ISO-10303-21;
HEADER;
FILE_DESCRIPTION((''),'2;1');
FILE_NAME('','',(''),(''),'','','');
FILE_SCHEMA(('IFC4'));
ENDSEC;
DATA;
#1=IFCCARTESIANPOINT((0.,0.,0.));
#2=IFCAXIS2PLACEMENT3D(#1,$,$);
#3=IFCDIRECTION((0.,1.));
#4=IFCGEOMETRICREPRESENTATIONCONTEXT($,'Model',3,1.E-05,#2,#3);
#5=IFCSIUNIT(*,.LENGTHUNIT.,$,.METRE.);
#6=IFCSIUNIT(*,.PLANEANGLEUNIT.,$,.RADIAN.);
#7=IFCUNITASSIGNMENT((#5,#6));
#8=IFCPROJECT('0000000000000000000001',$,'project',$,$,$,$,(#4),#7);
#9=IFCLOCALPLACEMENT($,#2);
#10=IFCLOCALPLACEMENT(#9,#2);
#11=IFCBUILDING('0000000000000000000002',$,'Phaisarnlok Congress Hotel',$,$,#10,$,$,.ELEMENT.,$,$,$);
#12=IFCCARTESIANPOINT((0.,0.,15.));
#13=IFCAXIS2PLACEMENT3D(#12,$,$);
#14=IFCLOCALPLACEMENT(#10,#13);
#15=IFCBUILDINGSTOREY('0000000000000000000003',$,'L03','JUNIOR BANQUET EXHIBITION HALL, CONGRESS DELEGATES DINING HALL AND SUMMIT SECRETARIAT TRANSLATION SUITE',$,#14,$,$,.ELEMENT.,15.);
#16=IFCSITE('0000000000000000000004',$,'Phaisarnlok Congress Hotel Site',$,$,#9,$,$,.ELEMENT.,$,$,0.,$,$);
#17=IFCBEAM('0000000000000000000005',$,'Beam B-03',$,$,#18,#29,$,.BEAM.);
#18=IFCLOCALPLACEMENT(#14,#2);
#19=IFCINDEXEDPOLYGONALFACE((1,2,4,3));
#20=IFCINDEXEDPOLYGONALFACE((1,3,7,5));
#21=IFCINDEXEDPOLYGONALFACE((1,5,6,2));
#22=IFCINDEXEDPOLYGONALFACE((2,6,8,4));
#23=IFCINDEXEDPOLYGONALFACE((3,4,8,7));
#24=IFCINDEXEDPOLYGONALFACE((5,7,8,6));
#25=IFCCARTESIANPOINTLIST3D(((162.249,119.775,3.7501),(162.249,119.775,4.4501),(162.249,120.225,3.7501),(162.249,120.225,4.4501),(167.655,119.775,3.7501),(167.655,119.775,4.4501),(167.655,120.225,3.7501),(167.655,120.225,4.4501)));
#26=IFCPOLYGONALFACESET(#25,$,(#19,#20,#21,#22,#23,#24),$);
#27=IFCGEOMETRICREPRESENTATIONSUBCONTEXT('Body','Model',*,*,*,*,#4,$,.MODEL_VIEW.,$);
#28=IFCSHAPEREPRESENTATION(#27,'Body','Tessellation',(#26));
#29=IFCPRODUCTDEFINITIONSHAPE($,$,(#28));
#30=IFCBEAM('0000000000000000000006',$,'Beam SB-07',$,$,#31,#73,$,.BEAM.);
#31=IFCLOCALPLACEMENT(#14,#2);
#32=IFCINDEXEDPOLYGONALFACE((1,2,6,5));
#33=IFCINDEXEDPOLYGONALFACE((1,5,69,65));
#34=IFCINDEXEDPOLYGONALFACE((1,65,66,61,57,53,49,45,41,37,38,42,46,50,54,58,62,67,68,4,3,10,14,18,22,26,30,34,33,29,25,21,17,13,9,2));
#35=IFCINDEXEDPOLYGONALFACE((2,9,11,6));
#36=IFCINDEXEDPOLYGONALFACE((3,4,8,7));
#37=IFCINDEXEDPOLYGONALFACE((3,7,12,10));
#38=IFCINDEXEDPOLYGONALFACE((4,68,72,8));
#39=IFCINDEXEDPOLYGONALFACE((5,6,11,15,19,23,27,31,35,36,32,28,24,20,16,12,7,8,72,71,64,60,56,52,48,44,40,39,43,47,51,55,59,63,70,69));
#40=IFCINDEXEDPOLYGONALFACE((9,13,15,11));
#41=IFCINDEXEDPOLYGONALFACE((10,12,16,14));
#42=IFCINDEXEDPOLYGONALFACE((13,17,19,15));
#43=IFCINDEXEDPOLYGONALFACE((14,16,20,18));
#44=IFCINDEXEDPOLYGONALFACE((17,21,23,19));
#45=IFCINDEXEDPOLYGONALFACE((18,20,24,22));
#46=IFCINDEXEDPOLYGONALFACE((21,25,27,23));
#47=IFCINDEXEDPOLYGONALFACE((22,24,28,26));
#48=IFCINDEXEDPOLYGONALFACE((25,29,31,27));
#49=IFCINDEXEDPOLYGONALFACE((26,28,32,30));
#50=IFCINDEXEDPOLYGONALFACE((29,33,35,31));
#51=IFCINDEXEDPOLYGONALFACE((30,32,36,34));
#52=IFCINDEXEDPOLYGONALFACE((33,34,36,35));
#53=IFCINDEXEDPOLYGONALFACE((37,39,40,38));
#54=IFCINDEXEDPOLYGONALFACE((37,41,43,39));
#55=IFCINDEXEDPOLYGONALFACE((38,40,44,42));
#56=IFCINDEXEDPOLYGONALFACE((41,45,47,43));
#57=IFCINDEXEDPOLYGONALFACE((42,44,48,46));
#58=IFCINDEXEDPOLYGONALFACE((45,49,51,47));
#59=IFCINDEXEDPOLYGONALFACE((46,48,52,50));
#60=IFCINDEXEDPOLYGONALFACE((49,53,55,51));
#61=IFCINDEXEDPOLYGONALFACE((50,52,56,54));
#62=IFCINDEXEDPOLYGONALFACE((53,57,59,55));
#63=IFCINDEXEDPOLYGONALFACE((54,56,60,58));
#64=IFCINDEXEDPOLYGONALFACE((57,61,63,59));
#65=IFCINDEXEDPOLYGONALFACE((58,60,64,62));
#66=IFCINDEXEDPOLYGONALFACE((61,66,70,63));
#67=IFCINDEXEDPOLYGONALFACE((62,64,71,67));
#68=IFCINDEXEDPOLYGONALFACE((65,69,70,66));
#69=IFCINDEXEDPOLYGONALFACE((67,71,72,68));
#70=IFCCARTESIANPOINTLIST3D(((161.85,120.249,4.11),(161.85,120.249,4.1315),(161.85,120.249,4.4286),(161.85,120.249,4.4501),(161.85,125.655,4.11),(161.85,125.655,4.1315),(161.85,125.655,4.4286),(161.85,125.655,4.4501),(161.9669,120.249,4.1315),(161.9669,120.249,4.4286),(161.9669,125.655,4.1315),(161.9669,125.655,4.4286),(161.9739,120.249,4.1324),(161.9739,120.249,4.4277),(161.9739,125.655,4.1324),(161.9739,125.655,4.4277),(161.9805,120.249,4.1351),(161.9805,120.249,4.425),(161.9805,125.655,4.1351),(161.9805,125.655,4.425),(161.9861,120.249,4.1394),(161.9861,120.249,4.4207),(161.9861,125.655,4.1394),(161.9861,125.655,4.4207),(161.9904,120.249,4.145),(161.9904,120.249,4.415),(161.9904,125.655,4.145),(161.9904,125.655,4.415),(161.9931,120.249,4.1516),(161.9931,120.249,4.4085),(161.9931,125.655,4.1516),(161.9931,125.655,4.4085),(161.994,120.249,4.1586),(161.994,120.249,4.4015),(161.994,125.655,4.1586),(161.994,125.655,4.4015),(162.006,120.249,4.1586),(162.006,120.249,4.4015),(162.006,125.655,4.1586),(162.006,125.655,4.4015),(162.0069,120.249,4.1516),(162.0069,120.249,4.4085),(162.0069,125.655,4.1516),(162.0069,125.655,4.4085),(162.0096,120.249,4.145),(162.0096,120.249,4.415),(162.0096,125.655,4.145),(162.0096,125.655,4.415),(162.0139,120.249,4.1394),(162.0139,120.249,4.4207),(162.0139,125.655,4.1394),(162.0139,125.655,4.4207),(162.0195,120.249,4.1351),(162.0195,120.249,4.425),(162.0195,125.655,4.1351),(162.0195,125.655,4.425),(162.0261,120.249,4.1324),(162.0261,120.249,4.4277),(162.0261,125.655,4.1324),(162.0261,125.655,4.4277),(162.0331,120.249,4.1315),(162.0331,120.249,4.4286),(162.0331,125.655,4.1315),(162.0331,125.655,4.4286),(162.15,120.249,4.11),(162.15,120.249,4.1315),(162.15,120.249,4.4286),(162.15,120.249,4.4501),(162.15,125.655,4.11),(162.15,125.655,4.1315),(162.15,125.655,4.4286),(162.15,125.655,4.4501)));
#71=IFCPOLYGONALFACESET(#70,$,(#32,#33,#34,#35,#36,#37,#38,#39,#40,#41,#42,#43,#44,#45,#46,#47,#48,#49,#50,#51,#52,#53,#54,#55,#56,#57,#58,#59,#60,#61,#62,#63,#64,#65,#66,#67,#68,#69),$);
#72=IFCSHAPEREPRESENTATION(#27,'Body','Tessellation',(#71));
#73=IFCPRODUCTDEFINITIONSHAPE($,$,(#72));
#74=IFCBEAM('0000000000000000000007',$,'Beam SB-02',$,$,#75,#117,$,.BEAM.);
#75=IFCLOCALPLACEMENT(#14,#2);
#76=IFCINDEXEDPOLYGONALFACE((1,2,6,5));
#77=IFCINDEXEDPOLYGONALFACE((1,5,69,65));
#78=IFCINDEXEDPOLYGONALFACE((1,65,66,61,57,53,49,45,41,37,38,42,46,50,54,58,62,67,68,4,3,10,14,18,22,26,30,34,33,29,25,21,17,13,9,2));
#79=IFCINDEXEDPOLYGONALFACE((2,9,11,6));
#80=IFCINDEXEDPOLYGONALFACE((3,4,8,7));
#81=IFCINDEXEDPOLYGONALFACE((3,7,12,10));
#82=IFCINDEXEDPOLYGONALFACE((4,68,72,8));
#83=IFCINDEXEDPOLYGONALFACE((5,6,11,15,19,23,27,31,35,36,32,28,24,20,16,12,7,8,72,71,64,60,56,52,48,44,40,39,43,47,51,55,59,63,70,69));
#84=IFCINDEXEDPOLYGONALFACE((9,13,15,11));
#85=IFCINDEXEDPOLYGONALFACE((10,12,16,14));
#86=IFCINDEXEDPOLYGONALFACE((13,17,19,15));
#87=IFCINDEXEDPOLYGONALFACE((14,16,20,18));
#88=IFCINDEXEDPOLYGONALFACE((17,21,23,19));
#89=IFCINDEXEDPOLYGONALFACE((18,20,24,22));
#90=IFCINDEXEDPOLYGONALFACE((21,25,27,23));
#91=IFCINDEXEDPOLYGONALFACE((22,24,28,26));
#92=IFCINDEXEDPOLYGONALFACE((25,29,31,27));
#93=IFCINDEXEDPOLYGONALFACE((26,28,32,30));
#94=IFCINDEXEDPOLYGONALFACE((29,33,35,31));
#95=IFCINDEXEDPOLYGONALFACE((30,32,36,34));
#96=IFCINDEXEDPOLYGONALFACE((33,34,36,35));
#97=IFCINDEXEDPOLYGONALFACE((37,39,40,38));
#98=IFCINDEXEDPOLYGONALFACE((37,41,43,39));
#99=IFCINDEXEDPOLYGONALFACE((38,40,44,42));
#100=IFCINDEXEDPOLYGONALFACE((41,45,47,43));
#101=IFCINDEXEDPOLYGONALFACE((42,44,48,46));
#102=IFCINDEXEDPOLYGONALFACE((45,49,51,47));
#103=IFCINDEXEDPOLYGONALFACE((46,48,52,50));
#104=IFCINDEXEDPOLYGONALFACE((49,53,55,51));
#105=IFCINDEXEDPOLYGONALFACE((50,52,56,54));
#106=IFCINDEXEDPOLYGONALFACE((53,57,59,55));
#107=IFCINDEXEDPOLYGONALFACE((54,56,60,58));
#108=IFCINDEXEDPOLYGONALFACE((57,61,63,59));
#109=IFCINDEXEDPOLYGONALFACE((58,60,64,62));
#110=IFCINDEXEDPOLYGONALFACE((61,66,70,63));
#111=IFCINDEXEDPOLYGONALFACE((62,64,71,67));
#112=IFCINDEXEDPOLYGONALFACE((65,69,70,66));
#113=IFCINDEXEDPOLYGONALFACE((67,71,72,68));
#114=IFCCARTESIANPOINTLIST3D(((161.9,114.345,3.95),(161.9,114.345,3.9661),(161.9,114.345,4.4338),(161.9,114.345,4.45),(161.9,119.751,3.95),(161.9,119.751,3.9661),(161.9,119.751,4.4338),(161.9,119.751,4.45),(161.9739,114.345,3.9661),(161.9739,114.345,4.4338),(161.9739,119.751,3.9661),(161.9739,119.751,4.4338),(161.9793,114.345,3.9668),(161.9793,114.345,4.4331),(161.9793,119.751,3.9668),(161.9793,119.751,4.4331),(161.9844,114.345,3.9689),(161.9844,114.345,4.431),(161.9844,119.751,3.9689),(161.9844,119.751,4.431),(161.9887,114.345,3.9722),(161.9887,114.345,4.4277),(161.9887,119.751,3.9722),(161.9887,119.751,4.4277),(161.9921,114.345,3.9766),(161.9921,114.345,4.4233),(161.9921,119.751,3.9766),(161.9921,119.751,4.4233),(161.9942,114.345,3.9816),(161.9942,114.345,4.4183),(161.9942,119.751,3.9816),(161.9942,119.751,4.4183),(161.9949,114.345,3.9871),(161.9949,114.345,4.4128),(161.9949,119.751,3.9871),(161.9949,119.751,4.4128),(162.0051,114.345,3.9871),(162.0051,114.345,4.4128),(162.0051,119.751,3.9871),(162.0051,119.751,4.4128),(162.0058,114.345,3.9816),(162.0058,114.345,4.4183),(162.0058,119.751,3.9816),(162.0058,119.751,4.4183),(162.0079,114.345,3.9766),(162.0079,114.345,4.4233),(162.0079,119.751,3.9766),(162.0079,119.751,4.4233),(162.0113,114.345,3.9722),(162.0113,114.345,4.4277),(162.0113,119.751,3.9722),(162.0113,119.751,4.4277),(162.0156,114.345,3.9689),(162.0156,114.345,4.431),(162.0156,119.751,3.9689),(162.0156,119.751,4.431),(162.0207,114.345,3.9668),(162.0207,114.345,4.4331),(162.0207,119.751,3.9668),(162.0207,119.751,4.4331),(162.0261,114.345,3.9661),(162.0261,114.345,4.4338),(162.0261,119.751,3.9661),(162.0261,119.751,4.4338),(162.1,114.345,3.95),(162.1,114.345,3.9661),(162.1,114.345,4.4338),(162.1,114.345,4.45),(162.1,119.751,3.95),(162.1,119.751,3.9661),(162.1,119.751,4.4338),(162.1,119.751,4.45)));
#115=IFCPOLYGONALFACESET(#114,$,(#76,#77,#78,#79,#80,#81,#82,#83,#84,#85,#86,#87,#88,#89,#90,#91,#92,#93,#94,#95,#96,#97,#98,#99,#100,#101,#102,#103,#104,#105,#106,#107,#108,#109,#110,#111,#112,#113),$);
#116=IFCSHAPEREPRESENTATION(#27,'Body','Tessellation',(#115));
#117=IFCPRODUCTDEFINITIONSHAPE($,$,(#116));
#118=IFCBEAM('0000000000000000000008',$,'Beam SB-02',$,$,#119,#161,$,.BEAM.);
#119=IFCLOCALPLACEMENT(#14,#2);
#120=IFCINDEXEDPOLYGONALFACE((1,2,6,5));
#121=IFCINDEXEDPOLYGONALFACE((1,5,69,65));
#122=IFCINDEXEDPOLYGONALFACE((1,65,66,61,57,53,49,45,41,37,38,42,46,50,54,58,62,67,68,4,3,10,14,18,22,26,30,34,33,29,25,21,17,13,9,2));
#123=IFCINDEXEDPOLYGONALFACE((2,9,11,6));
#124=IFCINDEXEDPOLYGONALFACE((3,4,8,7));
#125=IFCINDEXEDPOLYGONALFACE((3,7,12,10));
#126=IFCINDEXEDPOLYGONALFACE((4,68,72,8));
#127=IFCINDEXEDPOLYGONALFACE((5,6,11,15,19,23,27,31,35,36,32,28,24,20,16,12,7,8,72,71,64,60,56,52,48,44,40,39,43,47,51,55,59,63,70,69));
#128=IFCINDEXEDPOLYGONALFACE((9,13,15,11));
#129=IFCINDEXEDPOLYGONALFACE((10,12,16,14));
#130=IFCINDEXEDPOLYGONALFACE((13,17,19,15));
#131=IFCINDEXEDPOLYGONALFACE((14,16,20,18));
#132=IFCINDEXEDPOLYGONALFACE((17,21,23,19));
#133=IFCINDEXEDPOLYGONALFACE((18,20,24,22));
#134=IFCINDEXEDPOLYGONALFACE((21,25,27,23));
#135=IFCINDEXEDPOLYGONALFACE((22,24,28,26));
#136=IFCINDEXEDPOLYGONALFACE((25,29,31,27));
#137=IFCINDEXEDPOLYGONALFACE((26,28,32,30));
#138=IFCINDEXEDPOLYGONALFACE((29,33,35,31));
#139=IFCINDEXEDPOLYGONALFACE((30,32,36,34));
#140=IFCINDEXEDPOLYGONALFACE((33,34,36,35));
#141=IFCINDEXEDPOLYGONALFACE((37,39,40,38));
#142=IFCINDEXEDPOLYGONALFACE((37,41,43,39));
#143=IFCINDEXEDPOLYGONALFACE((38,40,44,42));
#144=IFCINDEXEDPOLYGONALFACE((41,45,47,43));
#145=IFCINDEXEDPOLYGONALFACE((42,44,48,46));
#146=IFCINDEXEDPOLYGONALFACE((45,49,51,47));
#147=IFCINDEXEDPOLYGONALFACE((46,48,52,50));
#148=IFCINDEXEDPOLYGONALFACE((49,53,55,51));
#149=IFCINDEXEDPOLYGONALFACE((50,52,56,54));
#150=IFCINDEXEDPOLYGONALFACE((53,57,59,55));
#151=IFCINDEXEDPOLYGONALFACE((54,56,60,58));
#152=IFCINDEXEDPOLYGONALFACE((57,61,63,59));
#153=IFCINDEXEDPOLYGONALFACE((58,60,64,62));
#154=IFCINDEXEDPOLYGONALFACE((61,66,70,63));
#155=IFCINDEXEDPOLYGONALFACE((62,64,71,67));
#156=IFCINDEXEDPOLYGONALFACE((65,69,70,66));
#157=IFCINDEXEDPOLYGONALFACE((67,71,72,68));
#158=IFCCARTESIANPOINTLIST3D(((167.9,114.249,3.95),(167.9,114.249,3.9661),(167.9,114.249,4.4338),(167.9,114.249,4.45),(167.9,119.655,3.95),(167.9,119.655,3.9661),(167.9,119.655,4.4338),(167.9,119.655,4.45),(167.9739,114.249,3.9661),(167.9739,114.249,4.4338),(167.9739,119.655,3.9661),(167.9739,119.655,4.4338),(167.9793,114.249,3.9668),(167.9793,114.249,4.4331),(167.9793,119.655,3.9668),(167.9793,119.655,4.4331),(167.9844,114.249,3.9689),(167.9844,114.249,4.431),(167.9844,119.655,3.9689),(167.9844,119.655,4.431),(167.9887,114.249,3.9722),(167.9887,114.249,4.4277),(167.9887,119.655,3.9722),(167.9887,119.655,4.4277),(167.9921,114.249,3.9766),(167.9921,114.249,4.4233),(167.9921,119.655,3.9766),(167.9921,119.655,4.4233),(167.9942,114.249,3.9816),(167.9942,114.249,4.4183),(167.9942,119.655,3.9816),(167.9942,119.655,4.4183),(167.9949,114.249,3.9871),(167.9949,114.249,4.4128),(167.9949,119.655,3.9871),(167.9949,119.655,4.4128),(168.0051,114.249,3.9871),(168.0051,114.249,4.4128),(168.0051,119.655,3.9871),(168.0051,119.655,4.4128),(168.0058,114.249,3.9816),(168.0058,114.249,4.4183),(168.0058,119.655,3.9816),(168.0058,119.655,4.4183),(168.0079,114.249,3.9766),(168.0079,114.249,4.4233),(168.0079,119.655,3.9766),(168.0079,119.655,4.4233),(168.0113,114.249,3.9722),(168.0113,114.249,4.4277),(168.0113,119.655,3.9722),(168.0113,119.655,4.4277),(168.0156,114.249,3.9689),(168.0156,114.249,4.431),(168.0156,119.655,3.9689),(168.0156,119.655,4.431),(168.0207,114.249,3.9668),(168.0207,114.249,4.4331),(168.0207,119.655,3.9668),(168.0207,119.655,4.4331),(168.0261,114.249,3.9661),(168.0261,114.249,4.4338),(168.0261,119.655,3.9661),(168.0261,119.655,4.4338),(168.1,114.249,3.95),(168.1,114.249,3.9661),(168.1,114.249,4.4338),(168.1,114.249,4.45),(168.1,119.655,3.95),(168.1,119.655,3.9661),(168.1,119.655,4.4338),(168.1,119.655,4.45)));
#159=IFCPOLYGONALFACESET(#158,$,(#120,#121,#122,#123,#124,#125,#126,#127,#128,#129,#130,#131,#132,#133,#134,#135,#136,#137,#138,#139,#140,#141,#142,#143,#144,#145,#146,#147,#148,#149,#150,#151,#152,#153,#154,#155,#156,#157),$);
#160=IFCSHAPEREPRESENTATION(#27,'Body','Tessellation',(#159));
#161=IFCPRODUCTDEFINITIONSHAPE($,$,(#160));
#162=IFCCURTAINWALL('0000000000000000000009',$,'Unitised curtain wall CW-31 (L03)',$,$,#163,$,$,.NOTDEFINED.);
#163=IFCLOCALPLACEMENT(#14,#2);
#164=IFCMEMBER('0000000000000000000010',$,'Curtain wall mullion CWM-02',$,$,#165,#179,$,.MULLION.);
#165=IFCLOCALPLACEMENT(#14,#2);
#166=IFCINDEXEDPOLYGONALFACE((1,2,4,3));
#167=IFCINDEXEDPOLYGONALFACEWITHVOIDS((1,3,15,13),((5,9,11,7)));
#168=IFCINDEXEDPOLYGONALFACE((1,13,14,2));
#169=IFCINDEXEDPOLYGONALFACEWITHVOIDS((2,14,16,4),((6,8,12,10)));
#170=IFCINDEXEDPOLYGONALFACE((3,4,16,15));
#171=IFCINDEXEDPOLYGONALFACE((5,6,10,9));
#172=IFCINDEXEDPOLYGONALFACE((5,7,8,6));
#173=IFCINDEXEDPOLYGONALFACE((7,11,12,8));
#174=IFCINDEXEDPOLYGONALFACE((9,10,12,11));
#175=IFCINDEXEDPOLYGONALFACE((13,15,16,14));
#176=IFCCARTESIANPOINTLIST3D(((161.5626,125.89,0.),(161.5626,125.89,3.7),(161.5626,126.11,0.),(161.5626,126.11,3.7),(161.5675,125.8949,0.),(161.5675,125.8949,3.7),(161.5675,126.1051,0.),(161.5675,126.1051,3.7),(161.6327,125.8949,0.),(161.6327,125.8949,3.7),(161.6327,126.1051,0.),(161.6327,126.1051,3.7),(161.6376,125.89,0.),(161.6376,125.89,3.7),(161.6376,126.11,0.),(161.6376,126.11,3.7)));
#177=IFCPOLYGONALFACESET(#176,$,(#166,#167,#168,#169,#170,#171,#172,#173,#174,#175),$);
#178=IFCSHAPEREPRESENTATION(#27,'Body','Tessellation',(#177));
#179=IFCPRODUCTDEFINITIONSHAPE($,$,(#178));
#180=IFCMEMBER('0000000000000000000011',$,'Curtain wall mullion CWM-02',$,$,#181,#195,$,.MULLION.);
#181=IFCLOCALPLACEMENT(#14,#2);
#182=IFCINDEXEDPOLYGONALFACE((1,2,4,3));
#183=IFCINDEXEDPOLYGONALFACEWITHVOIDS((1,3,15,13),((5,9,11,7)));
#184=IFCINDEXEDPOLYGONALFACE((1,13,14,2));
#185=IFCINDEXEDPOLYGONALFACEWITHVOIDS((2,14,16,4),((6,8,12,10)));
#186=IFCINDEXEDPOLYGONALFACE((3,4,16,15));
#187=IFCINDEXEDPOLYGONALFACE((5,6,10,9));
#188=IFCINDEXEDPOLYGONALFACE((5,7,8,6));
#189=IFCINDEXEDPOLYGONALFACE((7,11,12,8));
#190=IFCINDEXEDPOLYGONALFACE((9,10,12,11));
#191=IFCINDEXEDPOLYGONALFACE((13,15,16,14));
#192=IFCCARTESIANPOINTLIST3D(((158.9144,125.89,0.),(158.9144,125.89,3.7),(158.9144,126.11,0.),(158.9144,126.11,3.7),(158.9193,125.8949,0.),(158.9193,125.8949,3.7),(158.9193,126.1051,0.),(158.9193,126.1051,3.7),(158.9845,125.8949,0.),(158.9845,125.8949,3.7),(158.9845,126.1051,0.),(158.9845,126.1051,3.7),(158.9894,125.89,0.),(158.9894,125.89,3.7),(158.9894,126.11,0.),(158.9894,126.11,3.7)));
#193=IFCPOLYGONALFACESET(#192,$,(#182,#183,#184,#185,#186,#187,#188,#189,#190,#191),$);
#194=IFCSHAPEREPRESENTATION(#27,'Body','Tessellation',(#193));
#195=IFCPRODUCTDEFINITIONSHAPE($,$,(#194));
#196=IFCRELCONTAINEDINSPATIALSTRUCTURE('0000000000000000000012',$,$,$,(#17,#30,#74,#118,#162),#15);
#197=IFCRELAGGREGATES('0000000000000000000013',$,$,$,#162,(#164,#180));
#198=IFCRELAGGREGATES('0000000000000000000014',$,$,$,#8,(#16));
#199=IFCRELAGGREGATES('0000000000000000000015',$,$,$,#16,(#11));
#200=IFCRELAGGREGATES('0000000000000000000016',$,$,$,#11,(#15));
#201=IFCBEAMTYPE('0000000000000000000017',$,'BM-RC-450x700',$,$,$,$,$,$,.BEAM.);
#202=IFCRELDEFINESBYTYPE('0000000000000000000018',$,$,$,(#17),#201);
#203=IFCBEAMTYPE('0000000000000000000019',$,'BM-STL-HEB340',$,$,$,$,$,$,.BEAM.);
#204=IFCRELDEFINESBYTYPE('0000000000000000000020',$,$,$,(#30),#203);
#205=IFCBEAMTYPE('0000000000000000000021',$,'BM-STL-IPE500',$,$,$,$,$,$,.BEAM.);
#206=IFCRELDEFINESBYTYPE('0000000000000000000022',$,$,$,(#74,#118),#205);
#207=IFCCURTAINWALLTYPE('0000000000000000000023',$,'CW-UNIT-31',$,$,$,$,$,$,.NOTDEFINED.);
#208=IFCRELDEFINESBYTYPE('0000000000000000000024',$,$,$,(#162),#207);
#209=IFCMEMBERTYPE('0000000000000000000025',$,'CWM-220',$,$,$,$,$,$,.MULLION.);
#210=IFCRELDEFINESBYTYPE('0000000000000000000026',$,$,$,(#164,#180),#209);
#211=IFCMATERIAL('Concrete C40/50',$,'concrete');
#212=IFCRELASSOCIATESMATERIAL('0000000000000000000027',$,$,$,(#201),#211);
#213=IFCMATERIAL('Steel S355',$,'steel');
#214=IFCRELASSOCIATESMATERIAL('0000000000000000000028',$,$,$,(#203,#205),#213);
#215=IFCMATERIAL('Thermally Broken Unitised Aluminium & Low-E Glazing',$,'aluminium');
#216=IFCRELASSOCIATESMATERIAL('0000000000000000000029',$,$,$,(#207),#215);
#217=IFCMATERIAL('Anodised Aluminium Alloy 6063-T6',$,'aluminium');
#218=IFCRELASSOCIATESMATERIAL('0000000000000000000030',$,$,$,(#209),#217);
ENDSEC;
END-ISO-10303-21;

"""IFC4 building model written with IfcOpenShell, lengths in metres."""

from ifc_helpers import new_model, si_unit, direction, frame, origin, origin_2d, place, context, subcontext, project, spatial, rectangle, hollow_rectangle, i_section, extrude, material, material_profile, profile_set, type_object, element, aggregate, save


model = new_model("IFC4")

# Units and contexts
model_context = context("Model", 3, precision=1e-05, world=origin(), true_north=direction((0.0, 1.0)))
body_context = subcontext(model_context, "Body", "Model", "MODEL_VIEW")
ifc_project = project(units=[si_unit("LENGTHUNIT", "METRE"), si_unit("PLANEANGLEUNIT", "RADIAN")], contexts=[model_context])

# Site, building, storey
site_placement = place(None, origin())
site = spatial("IfcSite", under=ifc_project, at=site_placement, Name="Phaisarnlok Congress Hotel Site", CompositionType="ELEMENT", RefElevation=0.0)
building_placement = place(site_placement, origin())
building = spatial("IfcBuilding", under=site, at=building_placement, Name="Phaisarnlok Congress Hotel", CompositionType="ELEMENT")
storey_placement = place(building_placement, frame((0.0, 0.0, 15.0)))
storey = spatial("IfcBuildingStorey", under=building, at=storey_placement, Name="L03", Description="JUNIOR BANQUET EXHIBITION HALL, CONGRESS DELEGATES DINING HALL AND SUMMIT SECRETARIAT TRANSLATION SUITE", CompositionType="ELEMENT", Elevation=15.0)

# Shared definitions
ifc_material_1 = material(Name="Steel S355", Category="steel")

# Beams
ifc_material_2 = material(Name="Concrete C40/50", Category="concrete")
ifc_material_profile_1 = material_profile(ifc_material_2, rectangle(XDim=0.45, YDim=0.7, at=origin_2d()), Name="RC 450x700")
ifc_profile_set_1 = profile_set([ifc_material_profile_1], Name="Concrete C40/50")
beam_type_1 = type_object("IfcBeamType", Name="BM-RC-450x700", PredefinedType="BEAM", material=ifc_profile_set_1)
for number, where, z_axis, x_axis, name in (
    (1, (162.249, 120.0, 4.1001), (1.0, 0.0, 0.0), (0.0, 1.0, 0.0), "Beam B-03"),
):
    element("IfcBeam", number, at=place(storey_placement, frame(where, z_axis=z_axis, x_axis=x_axis)), inside=storey, type_object=beam_type_1, Name=name, PredefinedType="BEAM", context=body_context, shape_type="SweptSolid", body=[
        extrude(rectangle(XDim=0.45, YDim=0.7, at=origin_2d()), origin(), (0.0, 0.0, 1.0), 5.406),
    ])
ifc_material_profile_2 = material_profile(ifc_material_1, i_section(OverallWidth=0.3, OverallDepth=0.3401, WebThickness=0.012, FlangeThickness=0.0215, FilletRadius=0.0271, at=origin_2d()), Name="HEB 340")
ifc_profile_set_2 = profile_set([ifc_material_profile_2], Name="Steel S355")
beam_type_2 = type_object("IfcBeamType", Name="BM-STL-HEB340", PredefinedType="BEAM", material=ifc_profile_set_2)
beam_1_placement = place(storey_placement, frame((162.0, 120.249, 4.28), z_axis=(0.0, 1.0, 0.0), x_axis=(-1.0, 0.0, 0.0)))
element("IfcBeam", 2, at=beam_1_placement, inside=storey, type_object=beam_type_2, Name="Beam SB-07", PredefinedType="BEAM", context=body_context, shape_type="SweptSolid", body=[
    extrude(i_section(OverallWidth=0.3, OverallDepth=0.3401, WebThickness=0.012, FlangeThickness=0.0215, FilletRadius=0.0271, at=origin_2d()), origin(), (0.0, 0.0, 1.0), 5.406),
])
ifc_material_profile_3 = material_profile(ifc_material_1, i_section(OverallWidth=0.2, OverallDepth=0.5, WebThickness=0.0103, FlangeThickness=0.0161, FilletRadius=0.021, at=origin_2d()), Name="IPE 500")
ifc_profile_set_3 = profile_set([ifc_material_profile_3], Name="Steel S355")
beam_type_3 = type_object("IfcBeamType", Name="BM-STL-IPE500", PredefinedType="BEAM", material=ifc_profile_set_3)
for number, where, z_axis, x_axis, name in (
    (3, (162.0, 114.345, 4.2), (0.0, 1.0, 0.0), (-1.0, 0.0, 0.0), "Beam SB-02"),
    (4, (168.0, 114.249, 4.2), (0.0, 1.0, 0.0), (-1.0, 0.0, 0.0), "Beam SB-02"),
):
    element("IfcBeam", number, at=place(storey_placement, frame(where, z_axis=z_axis, x_axis=x_axis)), inside=storey, type_object=beam_type_3, Name=name, PredefinedType="BEAM", context=body_context, shape_type="SweptSolid", body=[
        extrude(i_section(OverallWidth=0.2, OverallDepth=0.5, WebThickness=0.0103, FlangeThickness=0.0161, FilletRadius=0.021, at=origin_2d()), origin(), (0.0, 0.0, 1.0), 5.406),
    ])

# Curtain wall, members
ifc_material_3 = material(Name="Thermally Broken Unitised Aluminium & Low-E Glazing", Category="aluminium")
curtain_wall_type = type_object("IfcCurtainWallType", Name="CW-UNIT-31", PredefinedType="NOTDEFINED", material=ifc_material_3)
curtain_wall_placement = place(storey_placement, origin())
curtain_wall = element("IfcCurtainWall", 5, at=curtain_wall_placement, inside=storey, type_object=curtain_wall_type, Name="Unitised curtain wall CW-31 (L03)", PredefinedType="NOTDEFINED")
ifc_material_4 = material(Name="Anodised Aluminium Alloy 6063-T6", Category="aluminium")
ifc_material_profile_4 = material_profile(ifc_material_4, hollow_rectangle(XDim=0.075, YDim=0.22, WallThickness=0.0049, at=origin_2d()), Name="ALU-M 75x220x5")
ifc_profile_set_4 = profile_set([ifc_material_profile_4], Name="Anodised Aluminium Alloy 6063-T6")
member_type_1 = type_object("IfcMemberType", Name="CWM-220", PredefinedType="MULLION", material=ifc_profile_set_4)
member_1_placement = place(storey_placement, frame((161.6001, 126.0, 0.0), z_axis=(0.0, 0.0, 1.0), x_axis=(-1.0, 0.0, 0.0)))
member_1 = element("IfcMember", 6, at=member_1_placement, type_object=member_type_1, Name="Curtain wall mullion CWM-02", PredefinedType="MULLION", context=body_context, shape_type="SweptSolid", body=[
    extrude(hollow_rectangle(XDim=0.075, YDim=0.22, WallThickness=0.0049, at=origin_2d()), origin(), (0.0, 0.0, 1.0), 3.7),
])
member_2_placement = place(storey_placement, frame((158.9519, 126.0, 0.0), z_axis=(0.0, 0.0, 1.0), x_axis=(-1.0, 0.0, 0.0)))
member_2 = element("IfcMember", 7, at=member_2_placement, type_object=member_type_1, Name="Curtain wall mullion CWM-02", PredefinedType="MULLION", context=body_context, shape_type="SweptSolid", body=[
    extrude(hollow_rectangle(XDim=0.075, YDim=0.22, WallThickness=0.0049, at=origin_2d()), origin(), (0.0, 0.0, 1.0), 3.7),
])

aggregate(curtain_wall, [member_1, member_2])

save(model, "model.ifc")
